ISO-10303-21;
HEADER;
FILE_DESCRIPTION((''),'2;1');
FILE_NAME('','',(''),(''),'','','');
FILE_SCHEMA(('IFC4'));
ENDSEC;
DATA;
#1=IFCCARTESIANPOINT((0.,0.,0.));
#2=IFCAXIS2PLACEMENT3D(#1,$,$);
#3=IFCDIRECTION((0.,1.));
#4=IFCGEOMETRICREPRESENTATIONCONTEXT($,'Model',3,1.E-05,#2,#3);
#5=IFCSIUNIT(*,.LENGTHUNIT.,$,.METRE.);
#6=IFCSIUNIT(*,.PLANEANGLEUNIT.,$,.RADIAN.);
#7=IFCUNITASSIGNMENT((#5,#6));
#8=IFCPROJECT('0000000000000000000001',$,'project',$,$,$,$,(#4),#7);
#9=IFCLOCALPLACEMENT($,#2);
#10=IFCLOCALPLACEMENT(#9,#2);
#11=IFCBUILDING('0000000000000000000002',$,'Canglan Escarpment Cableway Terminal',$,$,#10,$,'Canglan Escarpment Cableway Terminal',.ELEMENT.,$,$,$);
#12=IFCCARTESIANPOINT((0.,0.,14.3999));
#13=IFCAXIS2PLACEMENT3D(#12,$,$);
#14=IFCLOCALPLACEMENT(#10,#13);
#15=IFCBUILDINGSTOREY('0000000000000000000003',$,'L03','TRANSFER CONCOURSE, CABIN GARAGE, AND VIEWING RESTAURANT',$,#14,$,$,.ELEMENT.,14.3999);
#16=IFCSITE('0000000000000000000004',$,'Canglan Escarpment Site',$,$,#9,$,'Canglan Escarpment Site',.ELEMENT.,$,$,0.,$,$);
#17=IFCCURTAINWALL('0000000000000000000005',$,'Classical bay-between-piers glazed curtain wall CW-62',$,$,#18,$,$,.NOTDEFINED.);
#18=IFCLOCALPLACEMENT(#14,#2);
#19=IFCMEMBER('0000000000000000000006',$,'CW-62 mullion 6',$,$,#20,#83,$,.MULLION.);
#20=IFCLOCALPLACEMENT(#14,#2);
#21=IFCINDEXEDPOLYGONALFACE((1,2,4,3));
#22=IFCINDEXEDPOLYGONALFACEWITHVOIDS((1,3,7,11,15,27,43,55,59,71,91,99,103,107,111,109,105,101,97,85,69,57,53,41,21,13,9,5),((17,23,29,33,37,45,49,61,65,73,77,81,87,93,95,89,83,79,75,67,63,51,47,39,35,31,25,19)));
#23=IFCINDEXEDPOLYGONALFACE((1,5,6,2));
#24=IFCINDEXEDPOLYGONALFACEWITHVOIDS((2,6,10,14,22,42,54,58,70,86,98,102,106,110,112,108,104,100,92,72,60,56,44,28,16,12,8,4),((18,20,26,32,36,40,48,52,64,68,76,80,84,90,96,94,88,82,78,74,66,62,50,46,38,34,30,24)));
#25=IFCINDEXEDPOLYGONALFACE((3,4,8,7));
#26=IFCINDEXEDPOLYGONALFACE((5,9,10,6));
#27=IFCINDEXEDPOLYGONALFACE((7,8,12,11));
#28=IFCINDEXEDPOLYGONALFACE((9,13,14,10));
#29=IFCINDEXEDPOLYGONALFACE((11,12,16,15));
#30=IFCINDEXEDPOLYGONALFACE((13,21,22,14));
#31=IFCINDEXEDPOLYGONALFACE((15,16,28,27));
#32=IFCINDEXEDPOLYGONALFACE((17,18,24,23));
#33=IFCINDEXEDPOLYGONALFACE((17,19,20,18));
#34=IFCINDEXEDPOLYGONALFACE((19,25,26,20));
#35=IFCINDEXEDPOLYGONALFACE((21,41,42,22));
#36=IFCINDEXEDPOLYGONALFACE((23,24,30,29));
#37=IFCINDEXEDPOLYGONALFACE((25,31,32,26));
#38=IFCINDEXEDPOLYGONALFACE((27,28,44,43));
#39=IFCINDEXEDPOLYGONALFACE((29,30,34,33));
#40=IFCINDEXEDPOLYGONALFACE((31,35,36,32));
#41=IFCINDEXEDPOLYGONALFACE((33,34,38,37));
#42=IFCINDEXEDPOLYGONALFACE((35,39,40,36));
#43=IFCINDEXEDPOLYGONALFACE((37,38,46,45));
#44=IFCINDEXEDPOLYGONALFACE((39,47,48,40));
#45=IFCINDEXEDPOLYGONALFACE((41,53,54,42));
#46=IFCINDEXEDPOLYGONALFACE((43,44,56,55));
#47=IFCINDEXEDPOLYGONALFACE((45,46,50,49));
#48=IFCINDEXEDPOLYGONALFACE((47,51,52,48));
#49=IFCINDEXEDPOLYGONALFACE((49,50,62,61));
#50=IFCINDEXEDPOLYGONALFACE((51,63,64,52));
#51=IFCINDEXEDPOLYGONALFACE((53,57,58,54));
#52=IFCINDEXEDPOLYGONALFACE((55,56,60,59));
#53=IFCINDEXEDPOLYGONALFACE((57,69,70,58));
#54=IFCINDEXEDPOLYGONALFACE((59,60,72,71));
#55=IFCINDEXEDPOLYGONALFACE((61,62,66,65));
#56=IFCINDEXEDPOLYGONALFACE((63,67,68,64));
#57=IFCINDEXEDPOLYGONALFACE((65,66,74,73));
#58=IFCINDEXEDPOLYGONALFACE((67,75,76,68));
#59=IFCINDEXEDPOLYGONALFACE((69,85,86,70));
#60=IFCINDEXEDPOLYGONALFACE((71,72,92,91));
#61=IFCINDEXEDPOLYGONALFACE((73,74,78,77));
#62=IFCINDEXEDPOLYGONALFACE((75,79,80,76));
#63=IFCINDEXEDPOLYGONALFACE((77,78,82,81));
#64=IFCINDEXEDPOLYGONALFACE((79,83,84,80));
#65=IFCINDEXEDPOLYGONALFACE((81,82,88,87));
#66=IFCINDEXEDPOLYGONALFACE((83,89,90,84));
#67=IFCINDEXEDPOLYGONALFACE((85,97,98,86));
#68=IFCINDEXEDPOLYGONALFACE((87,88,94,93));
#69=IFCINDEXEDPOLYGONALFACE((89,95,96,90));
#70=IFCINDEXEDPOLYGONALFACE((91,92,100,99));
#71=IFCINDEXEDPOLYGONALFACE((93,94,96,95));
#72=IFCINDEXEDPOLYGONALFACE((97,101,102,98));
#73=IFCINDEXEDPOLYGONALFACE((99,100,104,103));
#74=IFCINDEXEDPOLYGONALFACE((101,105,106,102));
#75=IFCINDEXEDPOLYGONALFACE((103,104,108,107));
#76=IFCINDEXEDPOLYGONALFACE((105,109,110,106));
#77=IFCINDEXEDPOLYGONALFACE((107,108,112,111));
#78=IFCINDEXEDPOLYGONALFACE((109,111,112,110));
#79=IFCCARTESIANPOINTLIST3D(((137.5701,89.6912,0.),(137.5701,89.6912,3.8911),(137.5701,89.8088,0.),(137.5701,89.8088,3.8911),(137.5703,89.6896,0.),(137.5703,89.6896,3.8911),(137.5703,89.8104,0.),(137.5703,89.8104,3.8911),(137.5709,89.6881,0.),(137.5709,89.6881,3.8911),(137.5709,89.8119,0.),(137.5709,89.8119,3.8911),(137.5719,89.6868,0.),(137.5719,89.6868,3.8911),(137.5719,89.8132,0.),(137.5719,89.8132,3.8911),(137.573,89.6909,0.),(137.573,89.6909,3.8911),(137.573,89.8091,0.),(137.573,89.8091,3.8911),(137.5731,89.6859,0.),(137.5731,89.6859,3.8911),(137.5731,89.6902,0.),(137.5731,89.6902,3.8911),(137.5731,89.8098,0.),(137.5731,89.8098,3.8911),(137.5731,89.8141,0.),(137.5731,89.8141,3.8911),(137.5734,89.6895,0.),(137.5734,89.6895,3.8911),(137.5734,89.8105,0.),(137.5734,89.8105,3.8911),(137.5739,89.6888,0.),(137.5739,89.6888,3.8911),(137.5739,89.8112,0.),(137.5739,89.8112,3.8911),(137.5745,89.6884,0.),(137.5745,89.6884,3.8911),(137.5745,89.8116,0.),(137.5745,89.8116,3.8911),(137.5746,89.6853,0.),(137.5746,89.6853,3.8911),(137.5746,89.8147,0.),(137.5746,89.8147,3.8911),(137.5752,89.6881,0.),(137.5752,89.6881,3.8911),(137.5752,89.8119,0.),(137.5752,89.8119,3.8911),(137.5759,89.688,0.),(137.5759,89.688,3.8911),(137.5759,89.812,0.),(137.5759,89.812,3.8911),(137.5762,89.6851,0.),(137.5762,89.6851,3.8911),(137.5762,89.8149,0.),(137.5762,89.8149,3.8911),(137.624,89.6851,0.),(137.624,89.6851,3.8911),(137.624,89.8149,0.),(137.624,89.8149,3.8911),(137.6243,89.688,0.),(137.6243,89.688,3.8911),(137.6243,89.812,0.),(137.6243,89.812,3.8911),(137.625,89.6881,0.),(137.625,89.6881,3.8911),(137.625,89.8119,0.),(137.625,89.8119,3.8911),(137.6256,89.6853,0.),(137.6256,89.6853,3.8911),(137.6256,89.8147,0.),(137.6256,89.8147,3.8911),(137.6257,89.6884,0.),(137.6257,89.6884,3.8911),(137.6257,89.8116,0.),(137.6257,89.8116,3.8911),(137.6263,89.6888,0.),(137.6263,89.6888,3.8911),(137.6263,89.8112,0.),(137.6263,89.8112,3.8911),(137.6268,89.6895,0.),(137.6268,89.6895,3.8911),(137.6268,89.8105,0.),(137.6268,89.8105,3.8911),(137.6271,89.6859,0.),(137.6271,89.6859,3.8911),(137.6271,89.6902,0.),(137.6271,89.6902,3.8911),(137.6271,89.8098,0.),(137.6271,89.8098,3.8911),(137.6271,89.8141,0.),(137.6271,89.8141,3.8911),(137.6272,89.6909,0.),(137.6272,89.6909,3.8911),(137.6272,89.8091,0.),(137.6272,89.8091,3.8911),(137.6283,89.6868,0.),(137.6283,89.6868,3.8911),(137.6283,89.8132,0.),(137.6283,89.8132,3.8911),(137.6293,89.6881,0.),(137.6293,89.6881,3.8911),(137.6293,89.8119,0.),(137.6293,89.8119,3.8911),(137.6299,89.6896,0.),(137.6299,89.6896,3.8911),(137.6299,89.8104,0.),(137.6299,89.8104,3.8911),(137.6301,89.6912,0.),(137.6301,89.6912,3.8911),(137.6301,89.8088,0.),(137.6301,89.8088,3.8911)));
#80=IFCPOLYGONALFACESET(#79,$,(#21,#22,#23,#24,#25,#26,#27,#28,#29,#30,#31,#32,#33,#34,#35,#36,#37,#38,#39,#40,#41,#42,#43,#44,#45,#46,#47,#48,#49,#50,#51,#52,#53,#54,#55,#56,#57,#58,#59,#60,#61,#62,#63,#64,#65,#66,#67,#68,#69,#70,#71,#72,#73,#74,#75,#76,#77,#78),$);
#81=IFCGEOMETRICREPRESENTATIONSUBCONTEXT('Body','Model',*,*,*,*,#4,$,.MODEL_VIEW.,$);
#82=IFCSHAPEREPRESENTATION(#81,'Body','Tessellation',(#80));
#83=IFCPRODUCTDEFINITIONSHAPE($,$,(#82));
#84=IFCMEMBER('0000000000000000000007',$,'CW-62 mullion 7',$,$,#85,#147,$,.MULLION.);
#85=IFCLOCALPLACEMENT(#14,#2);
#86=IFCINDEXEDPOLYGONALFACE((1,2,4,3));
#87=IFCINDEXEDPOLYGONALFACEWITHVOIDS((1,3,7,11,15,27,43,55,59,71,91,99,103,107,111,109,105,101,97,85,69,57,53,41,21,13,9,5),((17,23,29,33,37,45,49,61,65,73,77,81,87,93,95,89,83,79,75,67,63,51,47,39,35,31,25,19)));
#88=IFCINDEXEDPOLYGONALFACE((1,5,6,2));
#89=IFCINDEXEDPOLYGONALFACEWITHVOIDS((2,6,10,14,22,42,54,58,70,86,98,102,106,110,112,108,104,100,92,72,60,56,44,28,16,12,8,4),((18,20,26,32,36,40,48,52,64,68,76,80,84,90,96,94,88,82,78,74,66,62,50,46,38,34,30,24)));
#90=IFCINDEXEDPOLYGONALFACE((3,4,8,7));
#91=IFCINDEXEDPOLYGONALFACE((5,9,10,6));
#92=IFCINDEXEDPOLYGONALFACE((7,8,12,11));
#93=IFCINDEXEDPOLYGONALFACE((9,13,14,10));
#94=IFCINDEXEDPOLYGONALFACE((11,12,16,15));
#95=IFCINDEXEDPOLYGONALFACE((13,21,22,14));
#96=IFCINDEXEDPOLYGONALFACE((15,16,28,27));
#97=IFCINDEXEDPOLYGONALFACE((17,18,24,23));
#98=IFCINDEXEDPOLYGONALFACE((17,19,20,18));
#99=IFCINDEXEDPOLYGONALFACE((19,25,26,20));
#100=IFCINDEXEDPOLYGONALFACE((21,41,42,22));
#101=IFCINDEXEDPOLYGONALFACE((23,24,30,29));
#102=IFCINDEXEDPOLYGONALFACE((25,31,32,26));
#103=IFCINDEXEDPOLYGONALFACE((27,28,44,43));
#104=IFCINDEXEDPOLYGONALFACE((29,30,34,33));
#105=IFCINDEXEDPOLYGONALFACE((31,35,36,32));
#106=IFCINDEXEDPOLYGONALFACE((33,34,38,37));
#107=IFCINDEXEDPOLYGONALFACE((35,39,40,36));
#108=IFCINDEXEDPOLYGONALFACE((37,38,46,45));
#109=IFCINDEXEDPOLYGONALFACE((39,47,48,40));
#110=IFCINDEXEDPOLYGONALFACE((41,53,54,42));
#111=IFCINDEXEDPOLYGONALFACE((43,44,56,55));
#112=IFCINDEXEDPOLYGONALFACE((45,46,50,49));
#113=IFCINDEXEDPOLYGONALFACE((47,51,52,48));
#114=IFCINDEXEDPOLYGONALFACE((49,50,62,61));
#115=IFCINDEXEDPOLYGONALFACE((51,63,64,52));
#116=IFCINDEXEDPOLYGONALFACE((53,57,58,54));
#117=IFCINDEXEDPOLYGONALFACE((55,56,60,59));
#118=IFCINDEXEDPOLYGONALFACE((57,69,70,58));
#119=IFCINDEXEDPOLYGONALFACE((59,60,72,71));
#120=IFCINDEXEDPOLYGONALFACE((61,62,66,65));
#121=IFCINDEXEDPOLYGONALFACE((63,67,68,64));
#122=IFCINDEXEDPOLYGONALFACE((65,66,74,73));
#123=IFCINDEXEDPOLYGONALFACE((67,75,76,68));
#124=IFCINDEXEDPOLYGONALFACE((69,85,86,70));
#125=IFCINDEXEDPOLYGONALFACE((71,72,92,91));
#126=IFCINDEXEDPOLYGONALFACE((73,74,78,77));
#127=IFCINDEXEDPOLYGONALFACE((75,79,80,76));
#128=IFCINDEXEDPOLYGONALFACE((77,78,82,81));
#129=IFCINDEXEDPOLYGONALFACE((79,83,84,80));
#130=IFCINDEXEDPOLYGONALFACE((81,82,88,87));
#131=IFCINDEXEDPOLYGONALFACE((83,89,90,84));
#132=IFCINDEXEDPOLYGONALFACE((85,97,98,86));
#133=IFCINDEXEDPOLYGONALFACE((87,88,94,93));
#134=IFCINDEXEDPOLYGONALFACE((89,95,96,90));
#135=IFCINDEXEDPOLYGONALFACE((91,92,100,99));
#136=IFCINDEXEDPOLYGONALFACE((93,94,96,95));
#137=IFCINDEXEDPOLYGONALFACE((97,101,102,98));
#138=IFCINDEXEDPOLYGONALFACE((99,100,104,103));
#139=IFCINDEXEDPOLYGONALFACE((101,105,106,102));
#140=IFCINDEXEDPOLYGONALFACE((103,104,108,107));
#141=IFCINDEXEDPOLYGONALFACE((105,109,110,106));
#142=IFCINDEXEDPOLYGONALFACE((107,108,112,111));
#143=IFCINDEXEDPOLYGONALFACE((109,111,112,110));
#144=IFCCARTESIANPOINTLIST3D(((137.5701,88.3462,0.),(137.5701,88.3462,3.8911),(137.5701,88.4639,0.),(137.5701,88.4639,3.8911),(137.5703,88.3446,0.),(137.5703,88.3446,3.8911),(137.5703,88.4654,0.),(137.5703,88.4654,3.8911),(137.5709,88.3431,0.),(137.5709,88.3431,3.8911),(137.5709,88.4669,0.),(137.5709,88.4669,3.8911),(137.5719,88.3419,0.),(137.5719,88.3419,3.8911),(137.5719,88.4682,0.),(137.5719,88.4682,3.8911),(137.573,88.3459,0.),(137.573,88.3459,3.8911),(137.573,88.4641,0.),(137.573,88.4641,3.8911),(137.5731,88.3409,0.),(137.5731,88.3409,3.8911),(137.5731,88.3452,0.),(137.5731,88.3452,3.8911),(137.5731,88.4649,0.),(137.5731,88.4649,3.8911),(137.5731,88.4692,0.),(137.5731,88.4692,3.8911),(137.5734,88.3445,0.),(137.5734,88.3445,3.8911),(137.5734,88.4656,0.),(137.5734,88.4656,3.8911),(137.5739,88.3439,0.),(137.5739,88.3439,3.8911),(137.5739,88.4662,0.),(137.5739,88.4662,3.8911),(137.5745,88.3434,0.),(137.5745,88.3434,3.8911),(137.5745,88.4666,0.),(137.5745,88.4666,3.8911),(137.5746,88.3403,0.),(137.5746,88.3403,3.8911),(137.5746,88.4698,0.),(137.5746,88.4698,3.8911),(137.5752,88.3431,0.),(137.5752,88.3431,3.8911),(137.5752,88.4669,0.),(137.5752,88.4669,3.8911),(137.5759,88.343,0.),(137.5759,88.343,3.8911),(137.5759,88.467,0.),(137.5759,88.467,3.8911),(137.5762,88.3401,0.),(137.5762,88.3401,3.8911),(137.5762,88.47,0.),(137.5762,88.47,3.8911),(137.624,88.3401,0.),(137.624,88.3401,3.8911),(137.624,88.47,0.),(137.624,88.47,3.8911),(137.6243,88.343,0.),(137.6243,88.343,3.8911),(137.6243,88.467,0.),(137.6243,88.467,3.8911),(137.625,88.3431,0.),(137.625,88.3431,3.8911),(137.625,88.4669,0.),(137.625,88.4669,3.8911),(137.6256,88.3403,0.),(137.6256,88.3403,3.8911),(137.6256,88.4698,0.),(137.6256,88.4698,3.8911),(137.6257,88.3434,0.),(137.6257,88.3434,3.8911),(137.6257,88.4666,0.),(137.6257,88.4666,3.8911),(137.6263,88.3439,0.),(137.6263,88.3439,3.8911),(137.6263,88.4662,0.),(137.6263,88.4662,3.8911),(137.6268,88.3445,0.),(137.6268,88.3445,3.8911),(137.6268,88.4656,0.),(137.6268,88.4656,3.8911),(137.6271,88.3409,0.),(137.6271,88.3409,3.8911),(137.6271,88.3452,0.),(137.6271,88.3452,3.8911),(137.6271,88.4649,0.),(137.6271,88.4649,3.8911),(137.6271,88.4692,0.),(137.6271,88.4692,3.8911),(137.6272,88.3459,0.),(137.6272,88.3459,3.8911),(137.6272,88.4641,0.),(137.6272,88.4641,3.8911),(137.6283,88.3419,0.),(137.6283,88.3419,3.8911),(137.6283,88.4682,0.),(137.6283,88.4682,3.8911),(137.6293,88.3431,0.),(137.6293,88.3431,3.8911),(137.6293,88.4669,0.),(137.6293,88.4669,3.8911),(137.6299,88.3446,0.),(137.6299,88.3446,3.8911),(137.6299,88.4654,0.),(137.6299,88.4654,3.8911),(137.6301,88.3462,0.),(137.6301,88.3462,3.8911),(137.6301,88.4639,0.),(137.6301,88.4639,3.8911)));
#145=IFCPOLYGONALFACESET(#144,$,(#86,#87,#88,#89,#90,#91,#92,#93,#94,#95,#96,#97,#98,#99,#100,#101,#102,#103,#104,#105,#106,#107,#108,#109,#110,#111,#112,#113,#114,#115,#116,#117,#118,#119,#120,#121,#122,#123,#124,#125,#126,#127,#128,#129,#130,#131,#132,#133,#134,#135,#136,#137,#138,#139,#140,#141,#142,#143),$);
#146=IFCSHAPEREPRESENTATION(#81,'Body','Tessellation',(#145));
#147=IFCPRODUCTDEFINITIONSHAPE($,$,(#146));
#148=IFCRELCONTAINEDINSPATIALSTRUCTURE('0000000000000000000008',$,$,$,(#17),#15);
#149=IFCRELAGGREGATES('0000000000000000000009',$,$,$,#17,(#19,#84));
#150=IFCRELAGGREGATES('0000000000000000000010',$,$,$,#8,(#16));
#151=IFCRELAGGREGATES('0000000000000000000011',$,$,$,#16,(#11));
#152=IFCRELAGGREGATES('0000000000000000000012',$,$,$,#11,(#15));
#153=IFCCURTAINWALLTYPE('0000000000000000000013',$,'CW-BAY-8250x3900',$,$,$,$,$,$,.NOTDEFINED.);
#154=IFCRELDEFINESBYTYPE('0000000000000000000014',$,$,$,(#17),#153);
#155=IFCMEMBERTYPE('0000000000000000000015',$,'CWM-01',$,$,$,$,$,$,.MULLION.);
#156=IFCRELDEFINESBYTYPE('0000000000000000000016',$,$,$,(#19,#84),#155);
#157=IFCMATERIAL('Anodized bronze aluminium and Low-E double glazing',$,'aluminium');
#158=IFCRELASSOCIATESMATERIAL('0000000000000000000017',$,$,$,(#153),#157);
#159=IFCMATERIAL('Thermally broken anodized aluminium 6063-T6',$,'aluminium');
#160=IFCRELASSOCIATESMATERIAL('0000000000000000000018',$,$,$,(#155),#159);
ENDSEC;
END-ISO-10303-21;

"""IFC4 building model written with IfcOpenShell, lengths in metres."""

from ifc_helpers import new_model, si_unit, direction, frame, origin, origin_2d, place, context, subcontext, project, spatial, hollow_rectangle, extrude, material, material_profile, profile_set, type_object, element, aggregate, save


model = new_model("IFC4")

# Units and contexts
model_context = context("Model", 3, precision=1e-05, world=origin(), true_north=direction((0.0, 1.0)))
body_context = subcontext(model_context, "Body", "Model", "MODEL_VIEW")
ifc_project = project(units=[si_unit("LENGTHUNIT", "METRE"), si_unit("PLANEANGLEUNIT", "RADIAN")], contexts=[model_context])

# Site, building, storey
site_placement = place(None, origin())
site = spatial("IfcSite", under=ifc_project, at=site_placement, Name="Canglan Escarpment Site", LongName="Canglan Escarpment Site", CompositionType="ELEMENT", RefElevation=0.0)
building_placement = place(site_placement, origin())
building = spatial("IfcBuilding", under=site, at=building_placement, Name="Canglan Escarpment Cableway Terminal", LongName="Canglan Escarpment Cableway Terminal", CompositionType="ELEMENT")
storey_placement = place(building_placement, frame((0.0, 0.0, 14.3999)))
storey = spatial("IfcBuildingStorey", under=building, at=storey_placement, Name="L03", Description="TRANSFER CONCOURSE, CABIN GARAGE, AND VIEWING RESTAURANT", CompositionType="ELEMENT", Elevation=14.3999)

# Curtain wall, members
ifc_material_1 = material(Name="Anodized bronze aluminium and Low-E double glazing", Category="aluminium")
curtain_wall_type = type_object("IfcCurtainWallType", Name="CW-BAY-8250x3900", PredefinedType="NOTDEFINED", material=ifc_material_1)
curtain_wall_placement = place(storey_placement, origin())
curtain_wall = element("IfcCurtainWall", 1, at=curtain_wall_placement, inside=storey, type_object=curtain_wall_type, Name="Classical bay-between-piers glazed curtain wall CW-62", PredefinedType="NOTDEFINED")
ifc_material_2 = material(Name="Thermally broken anodized aluminium 6063-T6", Category="aluminium")
ifc_material_profile_1 = material_profile(ifc_material_2, hollow_rectangle(XDim=0.0601, YDim=0.1299, WallThickness=0.0029, InnerFilletRadius=0.0029, OuterFilletRadius=0.0061, at=origin_2d()), Name="ALU-MULL 60x130x3")
ifc_profile_set_1 = profile_set([ifc_material_profile_1], Name="Thermally broken anodized aluminium 6063-T6")
member_type_1 = type_object("IfcMemberType", Name="CWM-01", PredefinedType="MULLION", material=ifc_profile_set_1)
member_1_placement = place(storey_placement, frame((137.6001, 89.75, 0.0), z_axis=(0.0, 0.0, 1.0), x_axis=(1.0, 0.0, 0.0)))
member_1 = element("IfcMember", 2, at=member_1_placement, type_object=member_type_1, Name="CW-62 mullion 6", PredefinedType="MULLION", context=body_context, shape_type="SweptSolid", body=[
    extrude(hollow_rectangle(XDim=0.0601, YDim=0.1299, WallThickness=0.0029, InnerFilletRadius=0.0029, OuterFilletRadius=0.0061, at=origin_2d()), origin(), (0.0, 0.0, 1.0), 3.8911),
])
member_2_placement = place(storey_placement, frame((137.6001, 88.405, 0.0), z_axis=(0.0, 0.0, 1.0), x_axis=(1.0, 0.0, 0.0)))
member_2 = element("IfcMember", 3, at=member_2_placement, type_object=member_type_1, Name="CW-62 mullion 7", PredefinedType="MULLION", context=body_context, shape_type="SweptSolid", body=[
    extrude(hollow_rectangle(XDim=0.0601, YDim=0.1299, WallThickness=0.0029, InnerFilletRadius=0.0029, OuterFilletRadius=0.0061, at=origin_2d()), origin(), (0.0, 0.0, 1.0), 3.8911),
])
aggregate(curtain_wall, [member_1, member_2])

save(model, "model.ifc")
